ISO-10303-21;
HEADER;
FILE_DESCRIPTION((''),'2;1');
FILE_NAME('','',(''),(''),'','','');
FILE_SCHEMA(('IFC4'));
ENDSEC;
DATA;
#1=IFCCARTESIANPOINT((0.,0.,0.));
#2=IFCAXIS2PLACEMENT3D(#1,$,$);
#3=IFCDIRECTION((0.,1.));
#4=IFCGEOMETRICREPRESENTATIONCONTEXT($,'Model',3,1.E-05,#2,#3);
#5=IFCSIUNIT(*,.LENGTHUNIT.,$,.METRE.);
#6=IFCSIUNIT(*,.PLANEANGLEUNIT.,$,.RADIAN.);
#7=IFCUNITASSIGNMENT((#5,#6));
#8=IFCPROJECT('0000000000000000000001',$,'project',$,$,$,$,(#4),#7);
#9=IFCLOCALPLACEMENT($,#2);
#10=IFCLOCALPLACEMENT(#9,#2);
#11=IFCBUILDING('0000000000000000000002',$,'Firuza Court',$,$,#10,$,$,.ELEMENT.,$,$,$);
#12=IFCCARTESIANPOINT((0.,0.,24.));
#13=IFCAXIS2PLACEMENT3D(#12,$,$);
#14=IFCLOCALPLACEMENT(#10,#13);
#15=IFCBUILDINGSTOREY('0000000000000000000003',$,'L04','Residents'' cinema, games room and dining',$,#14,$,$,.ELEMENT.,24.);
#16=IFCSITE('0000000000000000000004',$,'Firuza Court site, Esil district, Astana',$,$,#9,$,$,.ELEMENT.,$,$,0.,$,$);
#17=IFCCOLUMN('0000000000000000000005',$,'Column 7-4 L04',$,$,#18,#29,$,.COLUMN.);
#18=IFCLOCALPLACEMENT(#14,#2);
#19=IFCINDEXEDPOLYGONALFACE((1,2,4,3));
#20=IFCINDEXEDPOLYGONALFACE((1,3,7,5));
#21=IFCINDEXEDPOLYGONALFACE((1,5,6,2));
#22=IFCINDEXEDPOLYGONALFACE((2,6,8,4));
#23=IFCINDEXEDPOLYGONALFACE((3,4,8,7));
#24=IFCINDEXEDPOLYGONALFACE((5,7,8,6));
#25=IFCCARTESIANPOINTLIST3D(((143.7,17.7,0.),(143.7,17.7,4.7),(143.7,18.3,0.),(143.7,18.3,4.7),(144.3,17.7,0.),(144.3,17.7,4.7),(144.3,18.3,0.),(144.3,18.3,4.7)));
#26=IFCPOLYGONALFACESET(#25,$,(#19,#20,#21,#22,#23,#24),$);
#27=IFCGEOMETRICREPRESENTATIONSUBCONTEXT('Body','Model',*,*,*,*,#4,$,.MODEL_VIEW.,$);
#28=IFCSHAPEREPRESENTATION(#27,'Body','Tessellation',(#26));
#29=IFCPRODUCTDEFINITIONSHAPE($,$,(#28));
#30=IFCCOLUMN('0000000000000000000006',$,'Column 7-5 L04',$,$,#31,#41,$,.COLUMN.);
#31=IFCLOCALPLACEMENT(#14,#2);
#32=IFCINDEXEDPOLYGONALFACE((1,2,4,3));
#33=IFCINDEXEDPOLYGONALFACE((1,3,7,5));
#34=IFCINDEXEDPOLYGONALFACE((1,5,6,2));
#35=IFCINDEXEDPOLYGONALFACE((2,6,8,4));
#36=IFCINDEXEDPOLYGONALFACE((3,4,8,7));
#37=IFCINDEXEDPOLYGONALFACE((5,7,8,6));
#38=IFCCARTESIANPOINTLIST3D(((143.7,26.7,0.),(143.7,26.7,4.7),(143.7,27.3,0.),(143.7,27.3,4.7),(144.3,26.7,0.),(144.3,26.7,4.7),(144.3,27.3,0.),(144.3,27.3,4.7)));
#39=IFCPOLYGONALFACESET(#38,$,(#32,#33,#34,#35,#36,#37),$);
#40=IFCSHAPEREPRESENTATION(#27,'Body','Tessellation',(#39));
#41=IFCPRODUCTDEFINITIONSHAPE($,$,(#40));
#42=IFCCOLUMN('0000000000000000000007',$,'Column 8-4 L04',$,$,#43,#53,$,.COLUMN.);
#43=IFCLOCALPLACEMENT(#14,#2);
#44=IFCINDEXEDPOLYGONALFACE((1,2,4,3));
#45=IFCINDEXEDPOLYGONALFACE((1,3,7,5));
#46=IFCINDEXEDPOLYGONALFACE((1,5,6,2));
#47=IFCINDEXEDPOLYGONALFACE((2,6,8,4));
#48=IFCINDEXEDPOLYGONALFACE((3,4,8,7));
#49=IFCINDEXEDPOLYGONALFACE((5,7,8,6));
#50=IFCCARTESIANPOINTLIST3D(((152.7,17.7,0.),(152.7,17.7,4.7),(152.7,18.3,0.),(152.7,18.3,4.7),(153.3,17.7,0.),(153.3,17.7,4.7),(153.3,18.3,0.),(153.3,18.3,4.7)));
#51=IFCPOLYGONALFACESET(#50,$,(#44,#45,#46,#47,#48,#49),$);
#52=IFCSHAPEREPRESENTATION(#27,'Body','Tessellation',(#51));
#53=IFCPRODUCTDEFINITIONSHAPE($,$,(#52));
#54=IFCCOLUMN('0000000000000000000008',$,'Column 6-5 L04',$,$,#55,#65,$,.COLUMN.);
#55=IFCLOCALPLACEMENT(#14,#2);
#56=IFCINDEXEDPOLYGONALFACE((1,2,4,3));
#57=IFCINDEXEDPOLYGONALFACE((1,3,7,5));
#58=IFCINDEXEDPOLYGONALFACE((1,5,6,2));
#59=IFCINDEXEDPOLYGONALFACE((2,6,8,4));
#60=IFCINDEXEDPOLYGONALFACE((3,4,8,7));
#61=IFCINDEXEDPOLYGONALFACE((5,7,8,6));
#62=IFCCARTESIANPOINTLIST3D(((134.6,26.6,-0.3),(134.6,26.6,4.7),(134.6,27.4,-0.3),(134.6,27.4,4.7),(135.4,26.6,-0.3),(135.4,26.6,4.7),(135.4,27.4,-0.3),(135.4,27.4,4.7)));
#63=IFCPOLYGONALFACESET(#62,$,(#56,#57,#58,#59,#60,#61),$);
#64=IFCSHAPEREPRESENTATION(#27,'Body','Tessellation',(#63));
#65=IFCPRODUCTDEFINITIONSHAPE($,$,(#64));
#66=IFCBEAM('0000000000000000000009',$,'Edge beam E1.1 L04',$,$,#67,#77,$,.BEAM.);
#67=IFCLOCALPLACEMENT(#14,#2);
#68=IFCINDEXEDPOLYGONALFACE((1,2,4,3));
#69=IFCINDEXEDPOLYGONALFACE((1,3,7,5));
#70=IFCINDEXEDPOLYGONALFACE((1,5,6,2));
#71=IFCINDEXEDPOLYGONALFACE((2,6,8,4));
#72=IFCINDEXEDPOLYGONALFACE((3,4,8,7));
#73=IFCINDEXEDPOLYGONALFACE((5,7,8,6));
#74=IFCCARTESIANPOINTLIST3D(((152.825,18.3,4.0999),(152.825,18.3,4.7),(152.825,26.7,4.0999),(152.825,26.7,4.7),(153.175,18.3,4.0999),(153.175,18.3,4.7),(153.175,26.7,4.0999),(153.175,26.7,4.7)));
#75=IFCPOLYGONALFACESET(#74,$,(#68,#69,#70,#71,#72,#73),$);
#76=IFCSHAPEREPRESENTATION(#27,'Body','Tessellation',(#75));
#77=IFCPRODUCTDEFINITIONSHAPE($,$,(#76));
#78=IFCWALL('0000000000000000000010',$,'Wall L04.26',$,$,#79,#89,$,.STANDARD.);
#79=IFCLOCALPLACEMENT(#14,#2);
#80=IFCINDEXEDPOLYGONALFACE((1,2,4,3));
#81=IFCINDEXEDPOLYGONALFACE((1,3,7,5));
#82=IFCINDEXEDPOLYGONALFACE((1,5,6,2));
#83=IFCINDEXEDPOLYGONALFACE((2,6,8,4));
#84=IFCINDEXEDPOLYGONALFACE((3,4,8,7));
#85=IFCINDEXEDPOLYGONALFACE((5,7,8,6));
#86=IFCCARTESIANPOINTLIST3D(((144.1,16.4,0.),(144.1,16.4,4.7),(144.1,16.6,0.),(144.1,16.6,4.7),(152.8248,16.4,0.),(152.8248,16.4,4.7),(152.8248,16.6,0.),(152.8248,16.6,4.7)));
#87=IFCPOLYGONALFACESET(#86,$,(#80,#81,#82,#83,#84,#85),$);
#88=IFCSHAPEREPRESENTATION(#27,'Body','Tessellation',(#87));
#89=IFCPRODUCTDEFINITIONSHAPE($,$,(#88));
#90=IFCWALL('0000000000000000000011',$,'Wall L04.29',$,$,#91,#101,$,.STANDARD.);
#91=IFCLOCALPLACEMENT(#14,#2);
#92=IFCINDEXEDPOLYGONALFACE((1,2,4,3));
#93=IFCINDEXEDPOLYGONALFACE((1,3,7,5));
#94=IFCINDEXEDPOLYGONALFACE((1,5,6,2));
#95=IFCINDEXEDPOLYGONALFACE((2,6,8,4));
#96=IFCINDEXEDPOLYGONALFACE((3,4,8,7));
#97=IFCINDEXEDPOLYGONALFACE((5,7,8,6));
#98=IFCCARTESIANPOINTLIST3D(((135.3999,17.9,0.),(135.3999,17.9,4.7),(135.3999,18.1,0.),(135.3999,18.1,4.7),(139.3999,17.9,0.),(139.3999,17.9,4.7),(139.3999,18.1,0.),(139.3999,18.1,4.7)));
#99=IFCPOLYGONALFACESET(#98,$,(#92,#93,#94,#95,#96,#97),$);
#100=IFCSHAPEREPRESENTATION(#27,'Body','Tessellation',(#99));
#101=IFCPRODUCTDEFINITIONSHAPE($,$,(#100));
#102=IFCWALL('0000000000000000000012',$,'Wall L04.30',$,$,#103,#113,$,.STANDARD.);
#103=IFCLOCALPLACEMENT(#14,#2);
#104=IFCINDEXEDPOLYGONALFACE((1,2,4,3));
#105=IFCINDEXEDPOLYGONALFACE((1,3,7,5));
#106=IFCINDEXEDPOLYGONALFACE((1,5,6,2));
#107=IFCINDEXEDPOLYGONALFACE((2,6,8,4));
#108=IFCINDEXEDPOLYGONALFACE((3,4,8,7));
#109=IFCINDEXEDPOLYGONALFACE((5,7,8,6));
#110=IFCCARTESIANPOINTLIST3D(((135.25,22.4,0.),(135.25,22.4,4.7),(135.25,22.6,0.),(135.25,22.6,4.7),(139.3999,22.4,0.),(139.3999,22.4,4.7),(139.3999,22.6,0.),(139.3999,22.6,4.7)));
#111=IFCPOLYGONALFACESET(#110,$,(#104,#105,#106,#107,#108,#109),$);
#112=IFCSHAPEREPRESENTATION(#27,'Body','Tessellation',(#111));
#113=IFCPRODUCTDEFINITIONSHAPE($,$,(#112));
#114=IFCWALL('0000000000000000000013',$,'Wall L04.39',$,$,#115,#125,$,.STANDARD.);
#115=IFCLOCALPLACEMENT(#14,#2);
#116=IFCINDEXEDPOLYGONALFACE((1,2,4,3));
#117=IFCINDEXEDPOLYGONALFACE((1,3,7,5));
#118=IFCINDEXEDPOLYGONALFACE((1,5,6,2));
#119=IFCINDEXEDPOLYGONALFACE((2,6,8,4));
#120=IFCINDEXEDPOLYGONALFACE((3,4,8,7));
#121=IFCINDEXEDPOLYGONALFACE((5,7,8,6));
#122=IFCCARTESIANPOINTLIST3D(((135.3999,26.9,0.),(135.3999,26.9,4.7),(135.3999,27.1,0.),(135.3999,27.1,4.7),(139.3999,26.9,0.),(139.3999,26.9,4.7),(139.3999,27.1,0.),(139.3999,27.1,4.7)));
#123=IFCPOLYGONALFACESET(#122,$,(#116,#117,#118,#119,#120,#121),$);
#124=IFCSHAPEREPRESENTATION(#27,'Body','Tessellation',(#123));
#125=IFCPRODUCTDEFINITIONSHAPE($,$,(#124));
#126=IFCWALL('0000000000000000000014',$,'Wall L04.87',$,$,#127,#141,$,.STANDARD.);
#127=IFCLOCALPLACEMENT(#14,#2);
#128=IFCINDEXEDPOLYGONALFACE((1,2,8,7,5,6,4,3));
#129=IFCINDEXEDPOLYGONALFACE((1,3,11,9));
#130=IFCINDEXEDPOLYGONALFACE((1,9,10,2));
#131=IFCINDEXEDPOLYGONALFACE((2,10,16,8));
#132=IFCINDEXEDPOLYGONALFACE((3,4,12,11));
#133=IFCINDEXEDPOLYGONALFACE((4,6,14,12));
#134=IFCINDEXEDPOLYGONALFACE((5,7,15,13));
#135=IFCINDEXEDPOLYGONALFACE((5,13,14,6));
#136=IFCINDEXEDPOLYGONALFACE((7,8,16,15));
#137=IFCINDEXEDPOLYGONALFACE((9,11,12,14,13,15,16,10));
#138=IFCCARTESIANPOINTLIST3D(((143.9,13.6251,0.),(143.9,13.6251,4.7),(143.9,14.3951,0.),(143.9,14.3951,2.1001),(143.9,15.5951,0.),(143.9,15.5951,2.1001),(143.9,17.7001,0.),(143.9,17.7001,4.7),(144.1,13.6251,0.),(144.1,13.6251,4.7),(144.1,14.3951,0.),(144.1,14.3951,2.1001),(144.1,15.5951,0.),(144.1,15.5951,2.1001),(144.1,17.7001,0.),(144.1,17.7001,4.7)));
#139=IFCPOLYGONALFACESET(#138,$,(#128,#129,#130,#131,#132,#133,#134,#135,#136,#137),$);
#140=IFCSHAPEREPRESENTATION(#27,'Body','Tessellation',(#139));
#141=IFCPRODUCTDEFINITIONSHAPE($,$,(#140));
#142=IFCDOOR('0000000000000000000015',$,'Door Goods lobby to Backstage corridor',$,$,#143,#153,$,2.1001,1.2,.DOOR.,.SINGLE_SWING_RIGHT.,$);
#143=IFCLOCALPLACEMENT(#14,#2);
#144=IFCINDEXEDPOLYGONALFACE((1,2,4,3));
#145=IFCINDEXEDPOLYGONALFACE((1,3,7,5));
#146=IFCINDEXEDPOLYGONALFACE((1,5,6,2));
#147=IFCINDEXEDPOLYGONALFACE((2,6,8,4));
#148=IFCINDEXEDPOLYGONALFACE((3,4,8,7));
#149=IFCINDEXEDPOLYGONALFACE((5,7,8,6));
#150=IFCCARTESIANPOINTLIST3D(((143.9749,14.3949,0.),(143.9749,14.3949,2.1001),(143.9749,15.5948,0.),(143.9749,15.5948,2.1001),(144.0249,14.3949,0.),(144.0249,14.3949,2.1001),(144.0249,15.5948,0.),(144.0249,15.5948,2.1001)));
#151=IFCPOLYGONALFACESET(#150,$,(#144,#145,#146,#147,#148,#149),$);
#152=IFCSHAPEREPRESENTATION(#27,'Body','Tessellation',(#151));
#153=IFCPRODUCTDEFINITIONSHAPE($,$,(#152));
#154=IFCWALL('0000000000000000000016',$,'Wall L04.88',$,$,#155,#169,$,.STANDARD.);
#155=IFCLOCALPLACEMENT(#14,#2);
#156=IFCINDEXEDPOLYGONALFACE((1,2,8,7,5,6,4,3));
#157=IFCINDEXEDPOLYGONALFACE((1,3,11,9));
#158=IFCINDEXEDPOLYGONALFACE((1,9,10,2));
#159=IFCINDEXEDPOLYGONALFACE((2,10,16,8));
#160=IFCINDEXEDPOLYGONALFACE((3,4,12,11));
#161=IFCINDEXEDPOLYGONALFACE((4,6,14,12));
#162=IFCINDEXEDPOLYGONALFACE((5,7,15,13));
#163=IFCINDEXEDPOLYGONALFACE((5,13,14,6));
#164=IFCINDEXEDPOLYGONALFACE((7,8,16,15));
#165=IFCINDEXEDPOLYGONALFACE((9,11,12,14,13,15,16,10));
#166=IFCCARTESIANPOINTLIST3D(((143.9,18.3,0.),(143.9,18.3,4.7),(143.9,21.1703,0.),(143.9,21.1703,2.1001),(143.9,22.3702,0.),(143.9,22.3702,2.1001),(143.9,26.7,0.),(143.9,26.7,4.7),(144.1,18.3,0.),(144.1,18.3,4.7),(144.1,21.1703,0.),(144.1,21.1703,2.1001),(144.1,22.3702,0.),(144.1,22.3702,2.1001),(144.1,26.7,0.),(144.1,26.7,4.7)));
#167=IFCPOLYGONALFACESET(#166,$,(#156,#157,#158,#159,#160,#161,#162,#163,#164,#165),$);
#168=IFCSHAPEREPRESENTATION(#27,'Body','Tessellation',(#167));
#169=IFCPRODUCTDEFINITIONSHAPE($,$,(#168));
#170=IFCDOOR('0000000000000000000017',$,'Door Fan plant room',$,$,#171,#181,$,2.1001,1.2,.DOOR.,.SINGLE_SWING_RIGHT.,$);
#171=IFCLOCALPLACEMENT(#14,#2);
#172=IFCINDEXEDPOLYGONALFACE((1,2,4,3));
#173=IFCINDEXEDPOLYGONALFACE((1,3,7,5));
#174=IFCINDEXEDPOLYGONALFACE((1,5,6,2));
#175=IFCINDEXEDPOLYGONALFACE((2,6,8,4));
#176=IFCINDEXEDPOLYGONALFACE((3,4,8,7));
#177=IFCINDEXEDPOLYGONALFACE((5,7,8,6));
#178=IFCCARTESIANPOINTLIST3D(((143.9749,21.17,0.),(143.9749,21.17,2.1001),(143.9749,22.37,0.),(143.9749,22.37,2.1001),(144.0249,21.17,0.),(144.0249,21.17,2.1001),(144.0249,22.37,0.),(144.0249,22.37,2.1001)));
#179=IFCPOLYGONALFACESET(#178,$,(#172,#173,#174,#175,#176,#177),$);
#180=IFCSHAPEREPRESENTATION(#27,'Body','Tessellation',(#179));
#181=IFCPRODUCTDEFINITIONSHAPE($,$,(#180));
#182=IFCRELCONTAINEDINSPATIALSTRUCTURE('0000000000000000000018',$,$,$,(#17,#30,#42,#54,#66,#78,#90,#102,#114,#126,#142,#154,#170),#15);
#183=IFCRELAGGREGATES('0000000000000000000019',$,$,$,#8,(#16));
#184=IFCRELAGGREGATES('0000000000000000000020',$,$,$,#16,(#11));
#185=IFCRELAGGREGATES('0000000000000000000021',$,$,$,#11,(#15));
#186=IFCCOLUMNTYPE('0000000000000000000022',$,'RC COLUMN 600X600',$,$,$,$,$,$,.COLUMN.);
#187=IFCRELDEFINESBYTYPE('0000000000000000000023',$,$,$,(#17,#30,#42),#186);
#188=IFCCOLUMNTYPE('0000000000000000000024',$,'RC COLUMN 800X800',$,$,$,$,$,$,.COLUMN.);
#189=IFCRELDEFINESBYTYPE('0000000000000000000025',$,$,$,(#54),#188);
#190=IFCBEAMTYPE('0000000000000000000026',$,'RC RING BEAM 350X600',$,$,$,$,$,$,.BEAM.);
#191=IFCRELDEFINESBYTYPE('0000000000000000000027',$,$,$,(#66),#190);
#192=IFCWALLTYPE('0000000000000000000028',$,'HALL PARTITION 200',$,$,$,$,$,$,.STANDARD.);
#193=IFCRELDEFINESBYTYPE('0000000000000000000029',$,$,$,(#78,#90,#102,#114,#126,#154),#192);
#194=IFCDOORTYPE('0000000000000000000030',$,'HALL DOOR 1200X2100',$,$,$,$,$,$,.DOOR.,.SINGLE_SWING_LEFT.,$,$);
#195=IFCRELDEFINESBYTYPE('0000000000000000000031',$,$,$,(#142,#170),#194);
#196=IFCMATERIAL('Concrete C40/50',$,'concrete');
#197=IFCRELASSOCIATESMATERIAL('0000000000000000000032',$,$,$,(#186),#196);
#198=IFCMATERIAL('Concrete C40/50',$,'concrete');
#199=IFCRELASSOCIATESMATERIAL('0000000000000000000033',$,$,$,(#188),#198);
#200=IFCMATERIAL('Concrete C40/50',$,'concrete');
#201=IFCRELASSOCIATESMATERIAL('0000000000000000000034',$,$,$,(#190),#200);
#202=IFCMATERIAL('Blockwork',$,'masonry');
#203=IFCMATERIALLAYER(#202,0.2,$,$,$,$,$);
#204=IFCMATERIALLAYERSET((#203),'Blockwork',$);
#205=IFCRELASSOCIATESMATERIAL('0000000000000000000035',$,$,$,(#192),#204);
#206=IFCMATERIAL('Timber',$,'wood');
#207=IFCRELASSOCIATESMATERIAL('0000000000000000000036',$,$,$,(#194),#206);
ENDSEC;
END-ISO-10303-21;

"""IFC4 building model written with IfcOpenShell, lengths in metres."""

from ifc_helpers import new_model, si_unit, direction, frame, frame_2d, origin, origin_2d, place, context, subcontext, project, spatial, rectangle, extrude, material, layer, layer_set, material_profile, profile_set, type_object, element, fill, save


model = new_model("IFC4")

# Units and contexts
model_context = context("Model", 3, precision=1e-05, world=origin(), true_north=direction((0.0, 1.0)))
body_context = subcontext(model_context, "Body", "Model", "MODEL_VIEW")
ifc_project = project(units=[si_unit("LENGTHUNIT", "METRE"), si_unit("PLANEANGLEUNIT", "RADIAN")], contexts=[model_context])

# Site, building, storey
site_placement = place(None, origin())
site = spatial("IfcSite", under=ifc_project, at=site_placement, Name="Firuza Court site, Esil district, Astana", CompositionType="ELEMENT", RefElevation=0.0)
building_placement = place(site_placement, origin())
building = spatial("IfcBuilding", under=site, at=building_placement, Name="Firuza Court", CompositionType="ELEMENT")
storey_placement = place(building_placement, frame((0.0, 0.0, 24.0)))
storey = spatial("IfcBuildingStorey", under=building, at=storey_placement, Name="L04", Description="Residents' cinema, games room and dining", CompositionType="ELEMENT", Elevation=24.0)

# Columns
ifc_material_1 = material(Name="Concrete C40/50", Category="concrete")
ifc_material_profile_1 = material_profile(ifc_material_1, rectangle(XDim=0.6001, YDim=0.6001, at=origin_2d()), Name="RC 600X600")
ifc_profile_set_1 = profile_set([ifc_material_profile_1], Name="Concrete C40/50")
column_type_1 = type_object("IfcColumnType", Name="RC COLUMN 600X600", PredefinedType="COLUMN", material=ifc_profile_set_1)
for number, where, z_axis, x_axis, name in (
    (1, (144.0, 18.0, 0.0), (0.0, 0.0, 1.0), (1.0, 0.0, 0.0), "Column 7-4 L04"),
    (2, (144.0, 27.0, 0.0), (0.0, 0.0, 1.0), (1.0, 0.0, 0.0), "Column 7-5 L04"),
    (3, (153.0, 18.0, 0.0), (0.0, 0.0, 1.0), (1.0, 0.0, 0.0), "Column 8-4 L04"),
):
    element("IfcColumn", number, at=place(storey_placement, frame(where, z_axis=z_axis, x_axis=x_axis)), inside=storey, type_object=column_type_1, Name=name, PredefinedType="COLUMN", context=body_context, shape_type="SweptSolid", body=[
        extrude(rectangle(XDim=0.6001, YDim=0.6001, at=origin_2d()), origin(), (0.0, 0.0, 1.0), 4.7),
    ])
ifc_material_2 = material(Name="Concrete C40/50", Category="concrete")
ifc_material_profile_2 = material_profile(ifc_material_2, rectangle(XDim=0.8, YDim=0.8, at=origin_2d()), Name="RC 800X800")
ifc_profile_set_2 = profile_set([ifc_material_profile_2], Name="Concrete C40/50")
column_type_2 = type_object("IfcColumnType", Name="RC COLUMN 800X800", PredefinedType="COLUMN", material=ifc_profile_set_2)
column_placement = place(storey_placement, frame((135.0, 27.0, -0.3), z_axis=(0.0, 0.0, 1.0), x_axis=(1.0, 0.0, 0.0)))
element("IfcColumn", 4, at=column_placement, inside=storey, type_object=column_type_2, Name="Column 6-5 L04", PredefinedType="COLUMN", context=body_context, shape_type="SweptSolid", body=[
    extrude(rectangle(XDim=0.8, YDim=0.8, at=origin_2d()), origin(), (0.0, 0.0, 1.0), 5.0),
])

# Beam
ifc_material_3 = material(Name="Concrete C40/50", Category="concrete")
ifc_material_profile_3 = material_profile(ifc_material_3, rectangle(XDim=0.3501, YDim=0.6001, at=origin_2d()), Name="RC 350X600")
ifc_profile_set_3 = profile_set([ifc_material_profile_3], Name="Concrete C40/50")
beam_type = type_object("IfcBeamType", Name="RC RING BEAM 350X600", PredefinedType="BEAM", material=ifc_profile_set_3)
beam_placement = place(storey_placement, frame((153.0, 18.3, 4.3999), z_axis=(0.0, 1.0, 0.0), x_axis=(-1.0, 0.0, 0.0)))
element("IfcBeam", 5, at=beam_placement, inside=storey, type_object=beam_type, Name="Edge beam E1.1 L04", PredefinedType="BEAM", context=body_context, shape_type="SweptSolid", body=[
    extrude(rectangle(XDim=0.3501, YDim=0.6001, at=origin_2d()), origin(), (0.0, 0.0, 1.0), 8.3999),
])

# Walls
ifc_material_4 = material(Name="Blockwork", Category="masonry")
ifc_layer_1 = layer(ifc_material_4, 0.2)
ifc_layer_set_1 = layer_set([ifc_layer_1], Name="Blockwork")
wall_type_1 = type_object("IfcWallType", Name="HALL PARTITION 200", PredefinedType="STANDARD", material=ifc_layer_set_1)
wall_1_placement = place(storey_placement, frame((144.1001, 16.5, 0.0), z_axis=(0.0, 0.0, 1.0), x_axis=(1.0, 0.0, 0.0)))
element("IfcWall", 6, at=wall_1_placement, inside=storey, type_object=wall_type_1, Name="Wall L04.26", PredefinedType="STANDARD", context=body_context, shape_type="SweptSolid", body=[
    extrude(rectangle(XDim=8.7249, YDim=0.2, at=frame_2d((4.3623, 0.0))), origin(), (0.0, 0.0, 1.0), 4.7),
])
wall_2_placement = place(storey_placement, frame((135.3999, 18.0, 0.0), z_axis=(0.0, 0.0, 1.0), x_axis=(1.0, 0.0, 0.0)))
element("IfcWall", 7, at=wall_2_placement, inside=storey, type_object=wall_type_1, Name="Wall L04.29", PredefinedType="STANDARD", context=body_context, shape_type="SweptSolid", body=[
    extrude(rectangle(XDim=4.0, YDim=0.2, at=frame_2d((2.0, 0.0))), origin(), (0.0, 0.0, 1.0), 4.7),
])
wall_3_placement = place(storey_placement, frame((135.25, 22.5, 0.0), z_axis=(0.0, 0.0, 1.0), x_axis=(1.0, 0.0, 0.0)))
element("IfcWall", 8, at=wall_3_placement, inside=storey, type_object=wall_type_1, Name="Wall L04.30", PredefinedType="STANDARD", context=body_context, shape_type="SweptSolid", body=[
    extrude(rectangle(XDim=4.1499, YDim=0.2, at=frame_2d((2.075, 0.0))), origin(), (0.0, 0.0, 1.0), 4.7),
])
wall_4_placement = place(storey_placement, frame((135.3999, 27.0, 0.0), z_axis=(0.0, 0.0, 1.0), x_axis=(1.0, 0.0, 0.0)))
element("IfcWall", 9, at=wall_4_placement, inside=storey, type_object=wall_type_1, Name="Wall L04.39", PredefinedType="STANDARD", context=body_context, shape_type="SweptSolid", body=[
    extrude(rectangle(XDim=4.0, YDim=0.2, at=frame_2d((2.0, 0.0))), origin(), (0.0, 0.0, 1.0), 4.7),
])

# Walls, openings, doors
wall_5_placement = place(storey_placement, frame((144.0, 13.625, 0.0), z_axis=(0.0, 0.0, 1.0), x_axis=(0.0, 1.0, 0.0)))
wall_5 = element("IfcWall", 10, at=wall_5_placement, inside=storey, type_object=wall_type_1, Name="Wall L04.87", PredefinedType="STANDARD", context=body_context, shape_type="SweptSolid", body=[
    extrude(rectangle(XDim=4.075, YDim=0.2, at=frame_2d((2.0376, 0.0))), origin(), (0.0, 0.0, 1.0), 4.7),
])
opening_1_placement = place(wall_5_placement, frame((0.77, 0.0, 0.0)))
opening_1 = element("IfcOpeningElement", 11, at=opening_1_placement, cuts=wall_5, PredefinedType="OPENING", context=body_context, shape_type="SweptSolid", body=[
    extrude(rectangle(XDim=1.2, YDim=2.1001, at=frame_2d((0.6001, 1.05))), frame((0.0, 0.1118, 0.0), z_axis=(0.0, -1.0, 0.0), x_axis=(1.0, 0.0, 0.0)), (0.0, 0.0, 1.0), 0.2239),
])
ifc_material_5 = material(Name="Timber", Category="wood")
door_type_1 = type_object("IfcDoorType", Name="HALL DOOR 1200X2100", OperationType="SINGLE_SWING_LEFT", PredefinedType="DOOR", material=ifc_material_5)
door_1_placement = place(opening_1_placement, frame((1.2, 0.0, 0.0), z_axis=(0.0, 0.0, 1.0), x_axis=(-1.0, 0.0, 0.0)))
door_1 = element("IfcDoor", 12, at=door_1_placement, inside=storey, type_object=door_type_1, Name="Door Goods lobby to Backstage corridor", OperationType="SINGLE_SWING_RIGHT", OverallHeight=2.1001, OverallWidth=1.2, PredefinedType="DOOR", context=body_context, shape_type="SweptSolid", body=[
    extrude(rectangle(XDim=1.2, YDim=2.1001, at=frame_2d((0.6001, 1.05))), frame((0.0, 0.0249, 0.0), z_axis=(0.0, -1.0, 0.0), x_axis=(1.0, 0.0, 0.0)), (0.0, 0.0, 1.0), 0.05),
])
fill(opening_1, door_1)
wall_6_placement = place(storey_placement, frame((144.0, 18.3, 0.0), z_axis=(0.0, 0.0, 1.0), x_axis=(0.0, 1.0, 0.0)))
wall_6 = element("IfcWall", 13, at=wall_6_placement, inside=storey, type_object=wall_type_1, Name="Wall L04.88", PredefinedType="STANDARD", context=body_context, shape_type="SweptSolid", body=[
    extrude(rectangle(XDim=8.3999, YDim=0.2, at=frame_2d((4.2, 0.0))), origin(), (0.0, 0.0, 1.0), 4.7),
])
opening_2_placement = place(wall_6_placement, frame((2.8701, 0.0, 0.0)))
opening_2 = element("IfcOpeningElement", 14, at=opening_2_placement, cuts=wall_6, PredefinedType="OPENING", context=body_context, shape_type="SweptSolid", body=[
    extrude(rectangle(XDim=1.2, YDim=2.1001, at=frame_2d((0.6001, 1.05))), frame((0.0, 0.1118, 0.0), z_axis=(0.0, -1.0, 0.0), x_axis=(1.0, 0.0, 0.0)), (0.0, 0.0, 1.0), 0.2239),
])
door_2_placement = place(opening_2_placement, frame((1.2, 0.0, 0.0), z_axis=(0.0, 0.0, 1.0), x_axis=(-1.0, 0.0, 0.0)))
door_2 = element("IfcDoor", 15, at=door_2_placement, inside=storey, type_object=door_type_1, Name="Door Fan plant room", OperationType="SINGLE_SWING_RIGHT", OverallHeight=2.1001, OverallWidth=1.2, PredefinedType="DOOR", context=body_context, shape_type="SweptSolid", body=[
    extrude(rectangle(XDim=1.2, YDim=2.1001, at=frame_2d((0.6001, 1.05))), frame((0.0, 0.0249, 0.0), z_axis=(0.0, -1.0, 0.0), x_axis=(1.0, 0.0, 0.0)), (0.0, 0.0, 1.0), 0.05),
])
fill(opening_2, door_2)

save(model, "model.ifc")
